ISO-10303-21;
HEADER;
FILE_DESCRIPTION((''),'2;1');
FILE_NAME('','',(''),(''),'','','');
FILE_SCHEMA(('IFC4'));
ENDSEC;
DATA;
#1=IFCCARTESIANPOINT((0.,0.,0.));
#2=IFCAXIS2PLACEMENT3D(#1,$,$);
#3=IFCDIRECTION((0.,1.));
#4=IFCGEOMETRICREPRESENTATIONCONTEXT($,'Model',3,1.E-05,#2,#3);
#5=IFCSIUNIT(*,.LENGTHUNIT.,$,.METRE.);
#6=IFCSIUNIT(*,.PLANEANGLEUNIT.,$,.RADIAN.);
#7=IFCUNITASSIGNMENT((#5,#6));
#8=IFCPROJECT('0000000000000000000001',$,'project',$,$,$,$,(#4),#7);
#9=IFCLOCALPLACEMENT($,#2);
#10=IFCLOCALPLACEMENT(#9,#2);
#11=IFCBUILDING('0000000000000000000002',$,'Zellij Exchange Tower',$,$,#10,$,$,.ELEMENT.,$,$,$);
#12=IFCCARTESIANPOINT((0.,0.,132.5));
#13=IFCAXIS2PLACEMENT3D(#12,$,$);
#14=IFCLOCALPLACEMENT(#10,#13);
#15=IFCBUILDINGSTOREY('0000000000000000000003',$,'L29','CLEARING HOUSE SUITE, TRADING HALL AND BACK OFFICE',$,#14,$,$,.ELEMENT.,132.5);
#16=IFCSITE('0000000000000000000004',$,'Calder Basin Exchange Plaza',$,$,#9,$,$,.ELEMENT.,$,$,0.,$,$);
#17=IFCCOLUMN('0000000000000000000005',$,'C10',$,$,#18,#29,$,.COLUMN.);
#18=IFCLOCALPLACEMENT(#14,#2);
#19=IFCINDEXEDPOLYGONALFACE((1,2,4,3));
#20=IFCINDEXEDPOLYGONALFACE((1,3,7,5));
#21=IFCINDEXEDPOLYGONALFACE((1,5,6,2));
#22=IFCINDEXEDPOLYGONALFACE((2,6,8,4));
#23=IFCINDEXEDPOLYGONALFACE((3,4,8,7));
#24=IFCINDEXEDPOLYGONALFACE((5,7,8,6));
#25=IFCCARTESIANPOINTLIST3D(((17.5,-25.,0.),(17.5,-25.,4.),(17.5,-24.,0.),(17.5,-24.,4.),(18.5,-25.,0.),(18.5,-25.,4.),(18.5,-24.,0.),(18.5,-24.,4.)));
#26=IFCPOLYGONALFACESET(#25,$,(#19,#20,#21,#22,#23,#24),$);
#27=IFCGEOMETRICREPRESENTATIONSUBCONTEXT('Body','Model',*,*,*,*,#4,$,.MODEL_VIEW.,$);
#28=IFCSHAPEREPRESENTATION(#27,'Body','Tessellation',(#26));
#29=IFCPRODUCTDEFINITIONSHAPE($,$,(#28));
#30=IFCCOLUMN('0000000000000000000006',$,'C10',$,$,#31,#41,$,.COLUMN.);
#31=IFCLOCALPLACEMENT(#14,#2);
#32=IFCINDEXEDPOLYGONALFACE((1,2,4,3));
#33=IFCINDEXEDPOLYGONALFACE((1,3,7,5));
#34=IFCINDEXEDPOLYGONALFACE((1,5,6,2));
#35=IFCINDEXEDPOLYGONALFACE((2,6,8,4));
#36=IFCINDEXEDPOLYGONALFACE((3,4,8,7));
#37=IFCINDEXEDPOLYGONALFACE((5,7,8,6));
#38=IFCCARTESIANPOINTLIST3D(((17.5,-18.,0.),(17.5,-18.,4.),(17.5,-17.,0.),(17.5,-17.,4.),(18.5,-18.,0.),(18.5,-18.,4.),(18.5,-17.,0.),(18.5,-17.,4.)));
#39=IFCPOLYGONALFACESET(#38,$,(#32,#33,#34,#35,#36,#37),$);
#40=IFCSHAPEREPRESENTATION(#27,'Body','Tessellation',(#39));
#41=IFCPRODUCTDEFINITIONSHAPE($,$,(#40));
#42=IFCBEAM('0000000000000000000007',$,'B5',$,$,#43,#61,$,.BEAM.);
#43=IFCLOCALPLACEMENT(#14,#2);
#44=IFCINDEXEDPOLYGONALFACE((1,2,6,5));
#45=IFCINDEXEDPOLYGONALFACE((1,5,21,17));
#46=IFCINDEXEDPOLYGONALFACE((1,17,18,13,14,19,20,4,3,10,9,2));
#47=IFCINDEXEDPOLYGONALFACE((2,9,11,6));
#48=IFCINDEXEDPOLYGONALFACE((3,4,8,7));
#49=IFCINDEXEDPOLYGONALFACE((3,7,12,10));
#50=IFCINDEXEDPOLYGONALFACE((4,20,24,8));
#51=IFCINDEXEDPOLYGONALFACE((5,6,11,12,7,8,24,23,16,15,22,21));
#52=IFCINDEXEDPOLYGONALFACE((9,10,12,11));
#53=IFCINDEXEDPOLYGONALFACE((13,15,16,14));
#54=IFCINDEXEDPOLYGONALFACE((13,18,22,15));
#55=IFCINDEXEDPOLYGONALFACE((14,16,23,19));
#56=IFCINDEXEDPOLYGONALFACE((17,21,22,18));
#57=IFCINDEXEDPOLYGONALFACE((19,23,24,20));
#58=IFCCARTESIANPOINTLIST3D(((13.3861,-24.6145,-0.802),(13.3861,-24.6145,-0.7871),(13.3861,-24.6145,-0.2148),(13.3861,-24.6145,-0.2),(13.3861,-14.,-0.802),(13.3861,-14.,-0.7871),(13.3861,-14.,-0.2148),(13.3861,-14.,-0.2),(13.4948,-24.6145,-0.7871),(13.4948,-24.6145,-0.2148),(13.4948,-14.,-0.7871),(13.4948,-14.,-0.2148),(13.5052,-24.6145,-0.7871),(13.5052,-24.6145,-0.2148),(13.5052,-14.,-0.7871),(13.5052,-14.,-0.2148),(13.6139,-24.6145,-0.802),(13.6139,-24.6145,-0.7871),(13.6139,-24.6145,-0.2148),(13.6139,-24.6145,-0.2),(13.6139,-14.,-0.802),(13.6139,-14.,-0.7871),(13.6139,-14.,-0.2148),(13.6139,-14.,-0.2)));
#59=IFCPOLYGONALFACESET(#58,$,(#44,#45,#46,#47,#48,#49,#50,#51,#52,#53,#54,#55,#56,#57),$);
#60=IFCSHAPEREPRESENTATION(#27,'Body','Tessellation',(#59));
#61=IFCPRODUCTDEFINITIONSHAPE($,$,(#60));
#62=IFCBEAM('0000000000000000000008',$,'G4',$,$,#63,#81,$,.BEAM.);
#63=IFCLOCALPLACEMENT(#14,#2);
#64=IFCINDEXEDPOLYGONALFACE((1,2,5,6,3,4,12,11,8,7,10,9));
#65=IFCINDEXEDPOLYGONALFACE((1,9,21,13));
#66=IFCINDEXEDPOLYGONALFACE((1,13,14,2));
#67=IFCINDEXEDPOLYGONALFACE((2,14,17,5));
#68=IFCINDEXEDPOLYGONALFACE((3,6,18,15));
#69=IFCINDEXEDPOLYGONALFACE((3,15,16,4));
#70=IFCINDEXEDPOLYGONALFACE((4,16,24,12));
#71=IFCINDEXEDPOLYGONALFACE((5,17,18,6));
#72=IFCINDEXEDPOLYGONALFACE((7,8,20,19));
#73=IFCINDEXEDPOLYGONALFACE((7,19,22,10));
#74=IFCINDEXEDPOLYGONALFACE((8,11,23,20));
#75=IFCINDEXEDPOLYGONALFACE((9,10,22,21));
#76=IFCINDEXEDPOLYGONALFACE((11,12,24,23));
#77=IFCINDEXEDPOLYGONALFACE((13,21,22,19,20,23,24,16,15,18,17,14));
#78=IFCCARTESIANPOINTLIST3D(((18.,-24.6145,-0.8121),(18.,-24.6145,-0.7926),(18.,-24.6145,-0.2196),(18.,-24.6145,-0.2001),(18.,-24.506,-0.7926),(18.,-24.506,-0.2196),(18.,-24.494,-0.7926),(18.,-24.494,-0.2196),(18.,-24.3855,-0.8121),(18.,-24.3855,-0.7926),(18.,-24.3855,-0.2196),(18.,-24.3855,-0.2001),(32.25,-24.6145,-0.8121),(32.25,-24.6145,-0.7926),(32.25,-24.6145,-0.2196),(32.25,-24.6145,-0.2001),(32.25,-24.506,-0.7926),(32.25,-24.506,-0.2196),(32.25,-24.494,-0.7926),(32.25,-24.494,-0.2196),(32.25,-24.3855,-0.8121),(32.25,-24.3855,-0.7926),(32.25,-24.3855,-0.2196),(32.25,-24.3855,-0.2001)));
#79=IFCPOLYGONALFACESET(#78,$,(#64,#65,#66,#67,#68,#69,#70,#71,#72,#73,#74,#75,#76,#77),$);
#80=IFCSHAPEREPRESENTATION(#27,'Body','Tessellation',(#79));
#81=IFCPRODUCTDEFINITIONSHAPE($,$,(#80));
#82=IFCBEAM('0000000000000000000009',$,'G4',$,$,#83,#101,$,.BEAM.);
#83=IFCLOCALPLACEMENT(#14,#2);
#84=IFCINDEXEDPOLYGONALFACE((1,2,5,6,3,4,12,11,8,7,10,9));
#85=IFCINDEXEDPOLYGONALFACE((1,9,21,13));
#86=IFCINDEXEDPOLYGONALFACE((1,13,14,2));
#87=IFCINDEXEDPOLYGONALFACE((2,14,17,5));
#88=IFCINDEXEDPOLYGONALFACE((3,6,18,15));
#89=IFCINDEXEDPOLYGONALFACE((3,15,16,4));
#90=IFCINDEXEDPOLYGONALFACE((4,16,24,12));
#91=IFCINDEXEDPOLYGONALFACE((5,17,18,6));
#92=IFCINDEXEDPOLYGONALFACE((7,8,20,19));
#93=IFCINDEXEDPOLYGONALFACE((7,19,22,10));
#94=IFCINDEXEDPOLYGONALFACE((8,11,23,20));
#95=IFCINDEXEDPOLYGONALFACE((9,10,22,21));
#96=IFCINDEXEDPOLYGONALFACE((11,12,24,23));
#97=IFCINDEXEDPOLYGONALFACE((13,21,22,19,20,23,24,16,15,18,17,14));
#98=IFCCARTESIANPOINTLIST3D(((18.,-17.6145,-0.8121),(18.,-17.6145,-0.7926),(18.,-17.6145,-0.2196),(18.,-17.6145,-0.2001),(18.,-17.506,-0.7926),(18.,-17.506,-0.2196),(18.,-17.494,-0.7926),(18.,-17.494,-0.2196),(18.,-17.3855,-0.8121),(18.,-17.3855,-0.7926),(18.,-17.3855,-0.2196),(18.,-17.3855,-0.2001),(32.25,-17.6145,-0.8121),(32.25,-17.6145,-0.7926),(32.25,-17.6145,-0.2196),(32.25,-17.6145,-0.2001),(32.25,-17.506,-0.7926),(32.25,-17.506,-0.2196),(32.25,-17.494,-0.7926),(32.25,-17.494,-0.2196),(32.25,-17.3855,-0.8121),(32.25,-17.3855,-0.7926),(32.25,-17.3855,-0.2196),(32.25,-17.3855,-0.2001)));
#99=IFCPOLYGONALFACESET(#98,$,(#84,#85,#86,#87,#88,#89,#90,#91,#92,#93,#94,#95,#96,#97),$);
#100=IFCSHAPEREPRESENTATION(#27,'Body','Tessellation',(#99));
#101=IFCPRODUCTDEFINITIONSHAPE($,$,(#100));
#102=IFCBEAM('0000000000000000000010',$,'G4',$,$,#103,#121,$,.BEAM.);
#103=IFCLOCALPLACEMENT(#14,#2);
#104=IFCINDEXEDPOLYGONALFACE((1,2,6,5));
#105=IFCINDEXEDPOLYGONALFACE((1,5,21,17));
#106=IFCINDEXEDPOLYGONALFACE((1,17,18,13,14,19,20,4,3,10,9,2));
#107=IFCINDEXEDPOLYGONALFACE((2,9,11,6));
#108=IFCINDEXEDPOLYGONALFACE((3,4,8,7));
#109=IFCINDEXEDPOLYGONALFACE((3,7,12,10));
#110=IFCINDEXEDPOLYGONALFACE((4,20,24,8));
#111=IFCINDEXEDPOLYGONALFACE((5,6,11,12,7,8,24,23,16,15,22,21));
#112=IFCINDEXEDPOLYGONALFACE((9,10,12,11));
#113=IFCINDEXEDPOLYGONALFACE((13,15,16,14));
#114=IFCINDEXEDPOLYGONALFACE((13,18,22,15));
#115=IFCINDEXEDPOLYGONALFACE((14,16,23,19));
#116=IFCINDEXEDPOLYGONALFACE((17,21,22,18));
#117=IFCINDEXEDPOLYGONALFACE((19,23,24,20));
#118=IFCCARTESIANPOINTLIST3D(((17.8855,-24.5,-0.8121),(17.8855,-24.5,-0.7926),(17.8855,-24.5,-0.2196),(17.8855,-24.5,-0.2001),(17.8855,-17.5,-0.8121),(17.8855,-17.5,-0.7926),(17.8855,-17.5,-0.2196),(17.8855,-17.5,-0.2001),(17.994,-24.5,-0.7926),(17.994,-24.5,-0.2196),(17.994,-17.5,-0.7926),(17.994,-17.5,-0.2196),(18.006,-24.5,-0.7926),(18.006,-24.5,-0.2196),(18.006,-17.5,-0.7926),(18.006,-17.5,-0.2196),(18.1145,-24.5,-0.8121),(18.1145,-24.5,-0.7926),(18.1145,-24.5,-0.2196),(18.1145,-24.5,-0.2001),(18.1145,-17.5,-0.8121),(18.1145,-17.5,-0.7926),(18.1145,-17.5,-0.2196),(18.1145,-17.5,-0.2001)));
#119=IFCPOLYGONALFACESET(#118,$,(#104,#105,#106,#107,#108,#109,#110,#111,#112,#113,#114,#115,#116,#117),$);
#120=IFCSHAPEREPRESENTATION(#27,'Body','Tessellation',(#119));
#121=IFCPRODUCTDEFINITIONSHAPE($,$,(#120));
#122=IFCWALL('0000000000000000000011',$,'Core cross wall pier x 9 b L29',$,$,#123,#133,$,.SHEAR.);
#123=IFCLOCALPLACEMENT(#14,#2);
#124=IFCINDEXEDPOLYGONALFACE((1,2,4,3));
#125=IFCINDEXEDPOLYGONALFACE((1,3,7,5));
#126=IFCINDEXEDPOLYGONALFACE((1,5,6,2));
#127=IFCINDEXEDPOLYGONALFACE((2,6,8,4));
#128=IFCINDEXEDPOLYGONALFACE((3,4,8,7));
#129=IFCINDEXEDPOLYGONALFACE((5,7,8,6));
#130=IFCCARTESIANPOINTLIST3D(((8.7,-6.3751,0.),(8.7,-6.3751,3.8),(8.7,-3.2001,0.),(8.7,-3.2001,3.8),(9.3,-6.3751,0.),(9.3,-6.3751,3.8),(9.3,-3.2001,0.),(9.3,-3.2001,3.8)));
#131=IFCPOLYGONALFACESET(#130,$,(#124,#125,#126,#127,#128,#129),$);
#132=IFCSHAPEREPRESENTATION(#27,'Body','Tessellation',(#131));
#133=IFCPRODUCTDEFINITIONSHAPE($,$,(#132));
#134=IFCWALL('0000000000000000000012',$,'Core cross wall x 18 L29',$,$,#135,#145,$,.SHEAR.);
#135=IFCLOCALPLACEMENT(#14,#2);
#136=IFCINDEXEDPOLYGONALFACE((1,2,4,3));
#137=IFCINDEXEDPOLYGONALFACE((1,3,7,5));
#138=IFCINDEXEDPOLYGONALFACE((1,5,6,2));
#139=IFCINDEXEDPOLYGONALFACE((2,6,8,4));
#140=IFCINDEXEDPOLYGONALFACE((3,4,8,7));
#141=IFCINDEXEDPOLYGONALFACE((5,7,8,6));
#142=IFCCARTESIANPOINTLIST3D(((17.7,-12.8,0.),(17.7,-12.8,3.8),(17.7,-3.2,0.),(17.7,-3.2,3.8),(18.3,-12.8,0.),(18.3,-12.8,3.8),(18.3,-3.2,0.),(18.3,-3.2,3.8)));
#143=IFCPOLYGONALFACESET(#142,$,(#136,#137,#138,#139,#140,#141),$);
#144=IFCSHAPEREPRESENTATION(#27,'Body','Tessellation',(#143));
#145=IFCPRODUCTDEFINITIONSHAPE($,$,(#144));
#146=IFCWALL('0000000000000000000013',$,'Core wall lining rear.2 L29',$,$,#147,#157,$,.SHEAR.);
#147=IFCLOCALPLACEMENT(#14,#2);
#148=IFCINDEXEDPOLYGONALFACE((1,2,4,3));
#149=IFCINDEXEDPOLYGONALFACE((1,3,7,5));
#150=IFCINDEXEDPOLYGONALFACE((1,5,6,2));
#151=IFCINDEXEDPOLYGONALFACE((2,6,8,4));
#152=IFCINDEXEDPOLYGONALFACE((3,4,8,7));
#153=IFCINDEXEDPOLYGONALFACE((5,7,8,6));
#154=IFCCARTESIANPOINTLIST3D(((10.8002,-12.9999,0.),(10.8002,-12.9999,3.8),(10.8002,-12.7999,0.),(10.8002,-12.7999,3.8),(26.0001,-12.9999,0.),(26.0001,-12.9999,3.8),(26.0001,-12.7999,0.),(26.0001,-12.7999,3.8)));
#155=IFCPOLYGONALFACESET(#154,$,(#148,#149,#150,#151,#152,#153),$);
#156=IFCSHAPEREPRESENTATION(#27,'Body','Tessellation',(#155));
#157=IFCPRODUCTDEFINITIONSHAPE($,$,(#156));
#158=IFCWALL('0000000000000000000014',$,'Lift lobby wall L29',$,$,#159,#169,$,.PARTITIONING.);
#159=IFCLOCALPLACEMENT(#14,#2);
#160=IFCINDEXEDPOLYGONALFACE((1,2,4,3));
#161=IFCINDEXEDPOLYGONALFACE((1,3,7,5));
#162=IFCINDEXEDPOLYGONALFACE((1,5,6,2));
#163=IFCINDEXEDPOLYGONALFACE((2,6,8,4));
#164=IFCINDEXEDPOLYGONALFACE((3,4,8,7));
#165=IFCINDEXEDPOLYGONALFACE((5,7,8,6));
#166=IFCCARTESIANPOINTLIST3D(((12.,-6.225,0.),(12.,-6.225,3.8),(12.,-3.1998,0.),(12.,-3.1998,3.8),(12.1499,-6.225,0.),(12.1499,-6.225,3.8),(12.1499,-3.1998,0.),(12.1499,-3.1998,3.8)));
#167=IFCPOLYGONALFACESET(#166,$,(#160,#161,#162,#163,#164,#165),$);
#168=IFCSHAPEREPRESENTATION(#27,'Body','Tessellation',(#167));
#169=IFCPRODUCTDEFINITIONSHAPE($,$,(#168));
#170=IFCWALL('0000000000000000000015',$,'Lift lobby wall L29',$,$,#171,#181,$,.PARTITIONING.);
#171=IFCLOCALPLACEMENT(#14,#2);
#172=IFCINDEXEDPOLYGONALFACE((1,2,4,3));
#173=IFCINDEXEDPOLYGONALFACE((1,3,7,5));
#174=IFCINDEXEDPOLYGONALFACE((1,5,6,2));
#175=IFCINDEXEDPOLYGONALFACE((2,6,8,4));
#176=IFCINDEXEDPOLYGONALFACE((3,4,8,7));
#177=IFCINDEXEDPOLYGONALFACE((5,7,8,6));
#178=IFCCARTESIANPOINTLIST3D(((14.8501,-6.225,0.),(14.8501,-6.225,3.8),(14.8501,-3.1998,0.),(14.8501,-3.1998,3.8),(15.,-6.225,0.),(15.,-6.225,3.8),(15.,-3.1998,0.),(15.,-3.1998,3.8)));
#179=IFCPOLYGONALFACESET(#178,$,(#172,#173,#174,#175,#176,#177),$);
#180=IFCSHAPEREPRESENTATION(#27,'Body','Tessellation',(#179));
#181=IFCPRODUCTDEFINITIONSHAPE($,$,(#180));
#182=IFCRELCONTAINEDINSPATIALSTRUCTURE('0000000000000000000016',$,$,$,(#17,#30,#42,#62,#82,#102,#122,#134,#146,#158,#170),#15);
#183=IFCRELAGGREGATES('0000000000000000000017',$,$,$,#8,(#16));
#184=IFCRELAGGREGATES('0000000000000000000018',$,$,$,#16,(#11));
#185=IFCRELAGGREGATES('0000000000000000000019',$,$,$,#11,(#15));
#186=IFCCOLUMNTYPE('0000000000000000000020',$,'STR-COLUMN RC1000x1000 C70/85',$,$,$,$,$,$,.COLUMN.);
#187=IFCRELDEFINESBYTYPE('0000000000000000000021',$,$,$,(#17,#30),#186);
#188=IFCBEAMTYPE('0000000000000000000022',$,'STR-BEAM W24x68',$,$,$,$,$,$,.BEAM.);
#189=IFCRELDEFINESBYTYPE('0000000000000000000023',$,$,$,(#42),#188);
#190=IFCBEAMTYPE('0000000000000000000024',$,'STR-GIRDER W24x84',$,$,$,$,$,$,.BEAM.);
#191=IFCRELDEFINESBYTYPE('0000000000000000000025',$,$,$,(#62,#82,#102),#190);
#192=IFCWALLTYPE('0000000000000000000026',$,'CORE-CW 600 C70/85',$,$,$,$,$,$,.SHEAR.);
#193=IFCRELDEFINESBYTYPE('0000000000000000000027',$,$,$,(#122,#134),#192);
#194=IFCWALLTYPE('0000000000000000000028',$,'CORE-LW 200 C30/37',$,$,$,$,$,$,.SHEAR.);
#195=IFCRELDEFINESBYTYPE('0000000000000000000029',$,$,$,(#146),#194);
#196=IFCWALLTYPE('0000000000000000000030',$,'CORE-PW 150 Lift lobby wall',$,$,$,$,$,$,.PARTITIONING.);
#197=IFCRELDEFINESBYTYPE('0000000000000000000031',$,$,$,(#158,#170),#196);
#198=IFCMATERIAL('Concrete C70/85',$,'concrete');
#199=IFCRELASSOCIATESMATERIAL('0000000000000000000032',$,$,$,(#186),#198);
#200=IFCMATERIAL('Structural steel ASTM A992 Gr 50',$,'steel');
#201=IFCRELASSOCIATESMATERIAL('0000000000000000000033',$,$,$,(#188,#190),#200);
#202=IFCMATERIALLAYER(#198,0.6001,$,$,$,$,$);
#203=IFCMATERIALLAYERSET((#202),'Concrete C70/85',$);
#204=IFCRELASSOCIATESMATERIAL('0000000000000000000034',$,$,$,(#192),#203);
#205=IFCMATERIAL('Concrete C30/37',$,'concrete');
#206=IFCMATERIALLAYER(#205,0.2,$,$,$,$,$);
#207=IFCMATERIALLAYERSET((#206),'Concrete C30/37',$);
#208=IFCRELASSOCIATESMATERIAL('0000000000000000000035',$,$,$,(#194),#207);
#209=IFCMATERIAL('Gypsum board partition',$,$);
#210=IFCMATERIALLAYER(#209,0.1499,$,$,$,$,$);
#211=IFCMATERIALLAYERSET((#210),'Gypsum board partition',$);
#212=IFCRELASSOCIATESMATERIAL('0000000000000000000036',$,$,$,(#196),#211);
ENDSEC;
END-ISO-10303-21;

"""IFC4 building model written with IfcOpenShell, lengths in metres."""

from ifc_helpers import new_model, si_unit, direction, frame, frame_2d, origin, origin_2d, place, context, subcontext, project, spatial, rectangle, i_section, extrude, material, layer, layer_set, material_profile, profile_set, type_object, element, save


model = new_model("IFC4")

# Units and contexts
model_context = context("Model", 3, precision=1e-05, world=origin(), true_north=direction((0.0, 1.0)))
body_context = subcontext(model_context, "Body", "Model", "MODEL_VIEW")
ifc_project = project(units=[si_unit("LENGTHUNIT", "METRE"), si_unit("PLANEANGLEUNIT", "RADIAN")], contexts=[model_context])

# Site, building, storey
site_placement = place(None, origin())
site = spatial("IfcSite", under=ifc_project, at=site_placement, Name="Calder Basin Exchange Plaza", CompositionType="ELEMENT", RefElevation=0.0)
building_placement = place(site_placement, origin())
building = spatial("IfcBuilding", under=site, at=building_placement, Name="Zellij Exchange Tower", CompositionType="ELEMENT")
storey_placement = place(building_placement, frame((0.0, 0.0, 132.5)))
storey = spatial("IfcBuildingStorey", under=building, at=storey_placement, Name="L29", Description="CLEARING HOUSE SUITE, TRADING HALL AND BACK OFFICE", CompositionType="ELEMENT", Elevation=132.5)

# Columns
ifc_material_1 = material(Name="Concrete C70/85", Category="concrete")
ifc_material_profile_1 = material_profile(ifc_material_1, rectangle(XDim=1.0, YDim=1.0, at=origin_2d()), Name="STR-COLUMN RC1000x1000 C70/85")
ifc_profile_set_1 = profile_set([ifc_material_profile_1], Name="Concrete C70/85")
column_type = type_object("IfcColumnType", Name="STR-COLUMN RC1000x1000 C70/85", PredefinedType="COLUMN", material=ifc_profile_set_1)
for number, where, z_axis, x_axis, name in (
    (1, (18.0, -24.5, 0.0), (0.0, 0.0, 1.0), (1.0, 0.0, 0.0), "C10"),
    (2, (18.0, -17.5, 0.0), (0.0, 0.0, 1.0), (1.0, 0.0, 0.0), "C10"),
):
    element("IfcColumn", number, at=place(storey_placement, frame(where, z_axis=z_axis, x_axis=x_axis)), inside=storey, type_object=column_type, Name=name, PredefinedType="COLUMN", context=body_context, shape_type="SweptSolid", body=[
        extrude(rectangle(XDim=1.0, YDim=1.0, at=origin_2d()), origin(), (0.0, 0.0, 1.0), 4.0),
    ])

# Beams
ifc_material_2 = material(Name="Structural steel ASTM A992 Gr 50", Category="steel")
ifc_material_profile_2 = material_profile(ifc_material_2, i_section(OverallWidth=0.2278, OverallDepth=0.6021, WebThickness=0.0105, FlangeThickness=0.0149, at=origin_2d()), Name="W24x68")
ifc_profile_set_2 = profile_set([ifc_material_profile_2], Name="Structural steel ASTM A992 Gr 50")
beam_type_1 = type_object("IfcBeamType", Name="STR-BEAM W24x68", PredefinedType="BEAM", material=ifc_profile_set_2)
beam_1_placement = place(storey_placement, frame((13.5, -24.6145, -0.501), z_axis=(0.0, 1.0, 0.0), x_axis=(-1.0, 0.0, 0.0)))
element("IfcBeam", 3, at=beam_1_placement, inside=storey, type_object=beam_type_1, Name="B5", PredefinedType="BEAM", context=body_context, shape_type="SweptSolid", body=[
    extrude(i_section(OverallWidth=0.2278, OverallDepth=0.6021, WebThickness=0.0105, FlangeThickness=0.0149, at=origin_2d()), origin(), (0.0, 0.0, 1.0), 10.6145),
])
ifc_material_profile_3 = material_profile(ifc_material_2, i_section(OverallWidth=0.229, OverallDepth=0.6121, WebThickness=0.012, FlangeThickness=0.0195, at=origin_2d()), Name="W24x84")
ifc_profile_set_3 = profile_set([ifc_material_profile_3], Name="Structural steel ASTM A992 Gr 50")
beam_type_2 = type_object("IfcBeamType", Name="STR-GIRDER W24x84", PredefinedType="BEAM", material=ifc_profile_set_3)
for number, where, z_axis, x_axis, name in (
    (4, (18.0, -24.5, -0.5061), (1.0, 0.0, 0.0), (0.0, 1.0, 0.0), "G4"),
    (5, (18.0, -17.5, -0.5061), (1.0, 0.0, 0.0), (0.0, 1.0, 0.0), "G4"),
):
    element("IfcBeam", number, at=place(storey_placement, frame(where, z_axis=z_axis, x_axis=x_axis)), inside=storey, type_object=beam_type_2, Name=name, PredefinedType="BEAM", context=body_context, shape_type="SweptSolid", body=[
        extrude(i_section(OverallWidth=0.229, OverallDepth=0.6121, WebThickness=0.012, FlangeThickness=0.0195, at=origin_2d()), origin(), (0.0, 0.0, 1.0), 14.25),
    ])
beam_2_placement = place(storey_placement, frame((18.0, -24.5, -0.5061), z_axis=(0.0, 1.0, 0.0), x_axis=(-1.0, 0.0, 0.0)))
element("IfcBeam", 6, at=beam_2_placement, inside=storey, type_object=beam_type_2, Name="G4", PredefinedType="BEAM", context=body_context, shape_type="SweptSolid", body=[
    extrude(i_section(OverallWidth=0.229, OverallDepth=0.6121, WebThickness=0.012, FlangeThickness=0.0195, at=origin_2d()), origin(), (0.0, 0.0, 1.0), 7.0),
])

# Walls
ifc_layer_1 = layer(ifc_material_1, 0.6001)
ifc_layer_set_1 = layer_set([ifc_layer_1], Name="Concrete C70/85")
wall_type_1 = type_object("IfcWallType", Name="CORE-CW 600 C70/85", PredefinedType="SHEAR", material=ifc_layer_set_1)
wall_1_placement = place(storey_placement, frame((9.0, -6.375, 0.0), z_axis=(0.0, 0.0, 1.0), x_axis=(0.0, 1.0, 0.0)))
element("IfcWall", 7, at=wall_1_placement, inside=storey, type_object=wall_type_1, Name="Core cross wall pier x 9 b L29", PredefinedType="SHEAR", context=body_context, shape_type="SweptSolid", body=[
    extrude(rectangle(XDim=3.175, YDim=0.6001, at=frame_2d((1.5874, 0.0))), origin(), (0.0, 0.0, 1.0), 3.8),
])
wall_2_placement = place(storey_placement, frame((18.0, -12.8, 0.0), z_axis=(0.0, 0.0, 1.0), x_axis=(0.0, 1.0, 0.0)))
element("IfcWall", 8, at=wall_2_placement, inside=storey, type_object=wall_type_1, Name="Core cross wall x 18 L29", PredefinedType="SHEAR", context=body_context, shape_type="SweptSolid", body=[
    extrude(rectangle(XDim=9.6001, YDim=0.6001, at=frame_2d((4.8, 0.0))), origin(), (0.0, 0.0, 1.0), 3.8),
])
ifc_material_3 = material(Name="Concrete C30/37", Category="concrete")
ifc_layer_2 = layer(ifc_material_3, 0.2)
ifc_layer_set_2 = layer_set([ifc_layer_2], Name="Concrete C30/37")
wall_type_2 = type_object("IfcWallType", Name="CORE-LW 200 C30/37", PredefinedType="SHEAR", material=ifc_layer_set_2)
wall_3_placement = place(storey_placement, frame((10.8, -12.8999, 0.0), z_axis=(0.0, 0.0, 1.0), x_axis=(1.0, 0.0, 0.0)))
element("IfcWall", 9, at=wall_3_placement, inside=storey, type_object=wall_type_2, Name="Core wall lining rear.2 L29", PredefinedType="SHEAR", context=body_context, shape_type="SweptSolid", body=[
    extrude(rectangle(XDim=15.2, YDim=0.2, at=frame_2d((7.6001, 0.0))), origin(), (0.0, 0.0, 1.0), 3.8),
])
ifc_material_4 = material(Name="Gypsum board partition")
ifc_layer_3 = layer(ifc_material_4, 0.1499)
ifc_layer_set_3 = layer_set([ifc_layer_3], Name="Gypsum board partition")
wall_type_3 = type_object("IfcWallType", Name="CORE-PW 150 Lift lobby wall", PredefinedType="PARTITIONING", material=ifc_layer_set_3)
for number, where, z_axis, x_axis, name in (
    (10, (12.075, -6.2251, 0.0), (0.0, 0.0, 1.0), (0.0, 1.0, 0.0), "Lift lobby wall L29"),
    (11, (14.925, -6.2251, 0.0), (0.0, 0.0, 1.0), (0.0, 1.0, 0.0), "Lift lobby wall L29"),
):
    element("IfcWall", number, at=place(storey_placement, frame(where, z_axis=z_axis, x_axis=x_axis)), inside=storey, type_object=wall_type_3, Name=name, PredefinedType="PARTITIONING", context=body_context, shape_type="SweptSolid", body=[
        extrude(rectangle(XDim=3.0251, YDim=0.1499, at=frame_2d((1.5127, 0.0))), origin(), (0.0, 0.0, 1.0), 3.8),
    ])

save(model, "model.ifc")
